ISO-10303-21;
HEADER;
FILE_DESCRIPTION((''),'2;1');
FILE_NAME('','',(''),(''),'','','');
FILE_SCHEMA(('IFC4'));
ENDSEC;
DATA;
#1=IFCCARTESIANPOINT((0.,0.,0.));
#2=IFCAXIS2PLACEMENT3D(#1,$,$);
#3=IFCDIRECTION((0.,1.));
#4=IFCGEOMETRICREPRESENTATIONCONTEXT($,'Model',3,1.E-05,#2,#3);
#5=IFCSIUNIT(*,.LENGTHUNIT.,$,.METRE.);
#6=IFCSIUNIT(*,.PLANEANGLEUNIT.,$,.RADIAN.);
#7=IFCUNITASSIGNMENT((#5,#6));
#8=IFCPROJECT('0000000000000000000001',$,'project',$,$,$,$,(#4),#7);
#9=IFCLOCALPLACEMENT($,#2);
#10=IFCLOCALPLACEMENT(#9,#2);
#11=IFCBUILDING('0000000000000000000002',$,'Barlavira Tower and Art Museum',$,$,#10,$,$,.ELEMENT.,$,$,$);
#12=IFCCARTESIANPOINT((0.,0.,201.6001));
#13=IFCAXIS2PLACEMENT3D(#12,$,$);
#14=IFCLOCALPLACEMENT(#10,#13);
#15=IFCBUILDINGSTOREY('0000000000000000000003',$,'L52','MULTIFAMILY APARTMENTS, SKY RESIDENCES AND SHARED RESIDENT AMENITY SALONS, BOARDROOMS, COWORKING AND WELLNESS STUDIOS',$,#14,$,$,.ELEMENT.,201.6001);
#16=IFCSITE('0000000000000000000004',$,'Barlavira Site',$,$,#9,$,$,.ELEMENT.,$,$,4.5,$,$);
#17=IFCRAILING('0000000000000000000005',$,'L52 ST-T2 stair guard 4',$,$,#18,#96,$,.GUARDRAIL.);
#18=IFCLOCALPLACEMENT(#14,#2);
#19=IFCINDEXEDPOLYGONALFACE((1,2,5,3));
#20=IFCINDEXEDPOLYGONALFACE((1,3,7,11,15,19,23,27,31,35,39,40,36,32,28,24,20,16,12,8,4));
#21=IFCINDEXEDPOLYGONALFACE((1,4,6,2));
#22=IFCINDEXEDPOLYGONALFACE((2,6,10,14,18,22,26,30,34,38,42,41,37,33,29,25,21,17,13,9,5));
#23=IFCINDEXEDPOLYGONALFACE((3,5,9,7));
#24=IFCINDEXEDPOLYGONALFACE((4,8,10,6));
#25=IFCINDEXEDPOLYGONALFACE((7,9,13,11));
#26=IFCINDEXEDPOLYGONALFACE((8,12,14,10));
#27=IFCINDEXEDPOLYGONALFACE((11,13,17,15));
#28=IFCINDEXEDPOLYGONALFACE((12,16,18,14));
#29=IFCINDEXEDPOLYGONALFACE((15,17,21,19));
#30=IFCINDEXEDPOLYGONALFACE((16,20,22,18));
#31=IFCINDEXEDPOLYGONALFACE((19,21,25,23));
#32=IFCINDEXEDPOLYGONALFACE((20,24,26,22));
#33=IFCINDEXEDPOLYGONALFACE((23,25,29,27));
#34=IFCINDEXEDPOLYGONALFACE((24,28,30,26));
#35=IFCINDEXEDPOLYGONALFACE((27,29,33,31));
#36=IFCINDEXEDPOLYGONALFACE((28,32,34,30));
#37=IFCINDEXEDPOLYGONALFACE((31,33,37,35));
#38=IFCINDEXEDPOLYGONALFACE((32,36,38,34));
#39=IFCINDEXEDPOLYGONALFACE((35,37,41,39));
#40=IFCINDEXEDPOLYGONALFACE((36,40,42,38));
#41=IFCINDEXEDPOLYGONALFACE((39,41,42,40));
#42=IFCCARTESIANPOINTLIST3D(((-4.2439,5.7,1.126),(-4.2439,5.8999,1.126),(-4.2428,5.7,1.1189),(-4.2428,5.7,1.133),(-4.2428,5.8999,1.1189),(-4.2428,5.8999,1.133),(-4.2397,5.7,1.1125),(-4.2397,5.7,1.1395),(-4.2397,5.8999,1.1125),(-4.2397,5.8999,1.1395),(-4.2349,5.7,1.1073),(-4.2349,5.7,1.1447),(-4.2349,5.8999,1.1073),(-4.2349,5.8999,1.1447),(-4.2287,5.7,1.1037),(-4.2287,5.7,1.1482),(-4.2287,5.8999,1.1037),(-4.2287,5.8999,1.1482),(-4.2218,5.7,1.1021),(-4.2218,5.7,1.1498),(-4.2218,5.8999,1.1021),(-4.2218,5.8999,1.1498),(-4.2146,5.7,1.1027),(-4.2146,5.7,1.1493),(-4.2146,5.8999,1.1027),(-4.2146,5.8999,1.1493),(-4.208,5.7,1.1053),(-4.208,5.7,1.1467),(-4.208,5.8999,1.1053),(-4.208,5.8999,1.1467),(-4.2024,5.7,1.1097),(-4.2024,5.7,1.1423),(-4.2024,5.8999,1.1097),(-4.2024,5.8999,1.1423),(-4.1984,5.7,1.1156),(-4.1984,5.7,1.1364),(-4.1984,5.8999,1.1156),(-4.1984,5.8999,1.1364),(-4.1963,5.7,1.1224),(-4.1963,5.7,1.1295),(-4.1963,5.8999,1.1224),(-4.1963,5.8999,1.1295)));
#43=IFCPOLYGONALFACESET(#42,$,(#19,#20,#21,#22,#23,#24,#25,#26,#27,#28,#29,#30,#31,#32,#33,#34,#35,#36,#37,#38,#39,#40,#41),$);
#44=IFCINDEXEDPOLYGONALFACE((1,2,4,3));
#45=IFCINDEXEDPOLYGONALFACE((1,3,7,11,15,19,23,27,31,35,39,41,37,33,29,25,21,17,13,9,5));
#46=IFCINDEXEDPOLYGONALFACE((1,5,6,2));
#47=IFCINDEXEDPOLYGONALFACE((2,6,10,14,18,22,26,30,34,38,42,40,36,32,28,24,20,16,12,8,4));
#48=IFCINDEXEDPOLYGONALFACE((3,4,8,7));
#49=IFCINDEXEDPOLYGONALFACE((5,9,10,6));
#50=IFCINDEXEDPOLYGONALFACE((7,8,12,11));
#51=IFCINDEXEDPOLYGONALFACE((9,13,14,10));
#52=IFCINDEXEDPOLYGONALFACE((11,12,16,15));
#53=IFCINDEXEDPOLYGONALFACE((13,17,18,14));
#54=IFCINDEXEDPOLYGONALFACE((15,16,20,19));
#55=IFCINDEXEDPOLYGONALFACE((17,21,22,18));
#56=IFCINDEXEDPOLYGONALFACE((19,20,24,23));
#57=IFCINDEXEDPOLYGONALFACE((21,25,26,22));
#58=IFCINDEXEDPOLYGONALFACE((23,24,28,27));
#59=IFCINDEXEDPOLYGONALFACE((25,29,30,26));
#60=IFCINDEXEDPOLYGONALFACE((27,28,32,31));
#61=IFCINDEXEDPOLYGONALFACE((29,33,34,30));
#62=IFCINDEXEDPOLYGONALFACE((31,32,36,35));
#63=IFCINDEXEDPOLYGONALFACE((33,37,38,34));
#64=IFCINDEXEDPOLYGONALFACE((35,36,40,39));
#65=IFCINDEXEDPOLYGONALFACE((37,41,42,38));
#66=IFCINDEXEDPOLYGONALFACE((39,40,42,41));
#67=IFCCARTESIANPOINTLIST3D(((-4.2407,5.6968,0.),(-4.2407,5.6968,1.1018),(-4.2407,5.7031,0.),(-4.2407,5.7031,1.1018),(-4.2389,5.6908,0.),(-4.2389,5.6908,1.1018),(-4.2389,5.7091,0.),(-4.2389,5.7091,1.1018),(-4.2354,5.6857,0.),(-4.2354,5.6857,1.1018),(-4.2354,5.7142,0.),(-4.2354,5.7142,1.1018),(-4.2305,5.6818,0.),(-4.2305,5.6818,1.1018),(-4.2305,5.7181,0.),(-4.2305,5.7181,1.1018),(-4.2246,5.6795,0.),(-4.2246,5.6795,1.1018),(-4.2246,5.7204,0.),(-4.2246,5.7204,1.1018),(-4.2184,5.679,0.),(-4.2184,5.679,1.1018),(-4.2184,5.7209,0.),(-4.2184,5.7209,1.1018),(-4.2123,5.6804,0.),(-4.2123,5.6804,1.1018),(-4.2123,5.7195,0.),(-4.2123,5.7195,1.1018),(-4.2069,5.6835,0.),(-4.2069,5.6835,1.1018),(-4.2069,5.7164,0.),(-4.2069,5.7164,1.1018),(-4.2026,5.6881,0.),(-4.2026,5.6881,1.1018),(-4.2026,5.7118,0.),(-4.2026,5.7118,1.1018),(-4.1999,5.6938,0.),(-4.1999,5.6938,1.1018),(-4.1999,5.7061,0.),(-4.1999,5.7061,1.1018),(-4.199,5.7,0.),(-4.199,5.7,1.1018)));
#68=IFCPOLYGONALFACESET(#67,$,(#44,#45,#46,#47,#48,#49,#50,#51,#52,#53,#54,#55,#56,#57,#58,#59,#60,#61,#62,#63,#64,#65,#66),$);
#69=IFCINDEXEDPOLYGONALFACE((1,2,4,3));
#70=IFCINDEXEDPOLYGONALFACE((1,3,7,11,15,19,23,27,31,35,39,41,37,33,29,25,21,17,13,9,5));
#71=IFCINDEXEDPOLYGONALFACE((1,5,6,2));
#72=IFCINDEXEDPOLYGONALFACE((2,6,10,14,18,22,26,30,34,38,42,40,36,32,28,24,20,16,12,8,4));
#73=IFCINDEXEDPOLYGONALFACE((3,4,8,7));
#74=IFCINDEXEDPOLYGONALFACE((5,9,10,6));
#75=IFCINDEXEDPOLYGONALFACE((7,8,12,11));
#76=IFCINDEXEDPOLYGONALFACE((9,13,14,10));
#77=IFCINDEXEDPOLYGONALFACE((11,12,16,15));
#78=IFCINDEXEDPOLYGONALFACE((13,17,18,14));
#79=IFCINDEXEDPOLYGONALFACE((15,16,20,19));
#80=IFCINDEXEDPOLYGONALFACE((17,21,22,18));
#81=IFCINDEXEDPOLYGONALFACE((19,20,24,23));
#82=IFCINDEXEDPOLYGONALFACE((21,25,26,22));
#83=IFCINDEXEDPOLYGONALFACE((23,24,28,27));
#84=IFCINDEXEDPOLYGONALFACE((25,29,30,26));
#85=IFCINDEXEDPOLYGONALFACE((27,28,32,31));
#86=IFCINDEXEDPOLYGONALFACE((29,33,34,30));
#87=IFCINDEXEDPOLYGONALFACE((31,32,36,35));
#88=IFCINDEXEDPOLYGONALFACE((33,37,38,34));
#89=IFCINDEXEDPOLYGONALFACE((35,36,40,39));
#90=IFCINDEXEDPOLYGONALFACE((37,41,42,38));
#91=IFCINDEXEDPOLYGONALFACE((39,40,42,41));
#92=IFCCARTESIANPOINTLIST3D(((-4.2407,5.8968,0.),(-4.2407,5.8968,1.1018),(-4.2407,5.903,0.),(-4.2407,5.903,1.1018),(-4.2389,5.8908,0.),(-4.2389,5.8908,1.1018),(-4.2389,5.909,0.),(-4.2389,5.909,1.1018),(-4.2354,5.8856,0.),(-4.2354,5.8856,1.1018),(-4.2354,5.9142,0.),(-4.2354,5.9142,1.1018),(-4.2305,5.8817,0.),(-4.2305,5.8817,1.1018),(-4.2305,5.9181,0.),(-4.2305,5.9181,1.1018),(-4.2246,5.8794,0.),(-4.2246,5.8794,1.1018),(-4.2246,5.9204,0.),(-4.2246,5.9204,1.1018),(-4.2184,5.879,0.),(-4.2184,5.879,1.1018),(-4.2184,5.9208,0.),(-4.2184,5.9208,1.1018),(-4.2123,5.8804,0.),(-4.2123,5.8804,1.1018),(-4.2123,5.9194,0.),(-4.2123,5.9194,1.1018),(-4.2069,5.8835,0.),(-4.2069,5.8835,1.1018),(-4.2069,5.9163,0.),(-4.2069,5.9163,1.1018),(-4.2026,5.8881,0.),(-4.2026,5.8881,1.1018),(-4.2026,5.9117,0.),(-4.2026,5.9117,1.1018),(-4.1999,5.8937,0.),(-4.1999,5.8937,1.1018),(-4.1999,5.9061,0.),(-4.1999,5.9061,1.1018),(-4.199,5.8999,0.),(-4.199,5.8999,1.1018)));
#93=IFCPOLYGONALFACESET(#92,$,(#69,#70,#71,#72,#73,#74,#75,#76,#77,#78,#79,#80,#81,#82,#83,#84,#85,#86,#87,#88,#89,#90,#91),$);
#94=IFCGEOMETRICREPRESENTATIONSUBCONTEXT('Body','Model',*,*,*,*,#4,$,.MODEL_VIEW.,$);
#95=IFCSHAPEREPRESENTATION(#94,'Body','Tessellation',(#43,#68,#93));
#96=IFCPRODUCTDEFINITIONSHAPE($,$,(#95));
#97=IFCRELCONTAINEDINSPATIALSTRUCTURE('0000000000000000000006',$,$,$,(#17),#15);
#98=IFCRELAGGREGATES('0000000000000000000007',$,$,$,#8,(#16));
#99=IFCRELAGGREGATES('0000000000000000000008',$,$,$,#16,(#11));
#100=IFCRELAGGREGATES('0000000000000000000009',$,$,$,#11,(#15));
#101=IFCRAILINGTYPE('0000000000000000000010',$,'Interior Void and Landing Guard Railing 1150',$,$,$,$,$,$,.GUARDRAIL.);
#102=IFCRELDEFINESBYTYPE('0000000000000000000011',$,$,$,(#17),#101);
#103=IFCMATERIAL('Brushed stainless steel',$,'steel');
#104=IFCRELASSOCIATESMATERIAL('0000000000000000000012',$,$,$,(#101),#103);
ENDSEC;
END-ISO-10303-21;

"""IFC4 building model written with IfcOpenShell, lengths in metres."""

from ifc_helpers import new_model, si_unit, direction, frame, origin, origin_2d, place, context, subcontext, project, spatial, circle, extrude, material, type_object, element, save


model = new_model("IFC4")

# Units and contexts
model_context = context("Model", 3, precision=1e-05, world=origin(), true_north=direction((0.0, 1.0)))
body_context = subcontext(model_context, "Body", "Model", "MODEL_VIEW")
ifc_project = project(units=[si_unit("LENGTHUNIT", "METRE"), si_unit("PLANEANGLEUNIT", "RADIAN")], contexts=[model_context])

# Site, building, storey
site_placement = place(None, origin())
site = spatial("IfcSite", under=ifc_project, at=site_placement, Name="Barlavira Site", CompositionType="ELEMENT", RefElevation=4.5)
building_placement = place(site_placement, origin())
building = spatial("IfcBuilding", under=site, at=building_placement, Name="Barlavira Tower and Art Museum", CompositionType="ELEMENT")
storey_placement = place(building_placement, frame((0.0, 0.0, 201.6001)))
storey = spatial("IfcBuildingStorey", under=building, at=storey_placement, Name="L52", Description="MULTIFAMILY APARTMENTS, SKY RESIDENCES AND SHARED RESIDENT AMENITY SALONS, BOARDROOMS, COWORKING AND WELLNESS STUDIOS", CompositionType="ELEMENT", Elevation=201.6001)

# Shared definitions
ifc_material_1 = material(Name="Brushed stainless steel", Category="steel")

# Railing
railing_type_1 = type_object("IfcRailingType", Name="Interior Void and Landing Guard Railing 1150", PredefinedType="GUARDRAIL", material=ifc_material_1)
railing_1_placement = place(storey_placement, frame((-4.22, 5.7, 0.0)))
element("IfcRailing", 1, at=railing_1_placement, inside=storey, type_object=railing_type_1, Name="L52 ST-T2 stair guard 4", PredefinedType="GUARDRAIL", context=body_context, shape_type="SweptSolid", body=[
    extrude(circle(Radius=0.0239, at=origin_2d()), frame((0.0, 0.0, 1.126), z_axis=(0.0, 1.0, 0.0), x_axis=(-1.0, 0.0, 0.0)), (0.0, 0.0, 1.0), 0.2),
    extrude(circle(Radius=0.021, at=origin_2d()), origin(), (0.0, 0.0, 1.0), 1.1018),
    extrude(circle(Radius=0.021, at=origin_2d()), frame((0.0, 0.2, 0.0)), (0.0, 0.0, 1.0), 1.1018),
])

save(model, "model.ifc")
